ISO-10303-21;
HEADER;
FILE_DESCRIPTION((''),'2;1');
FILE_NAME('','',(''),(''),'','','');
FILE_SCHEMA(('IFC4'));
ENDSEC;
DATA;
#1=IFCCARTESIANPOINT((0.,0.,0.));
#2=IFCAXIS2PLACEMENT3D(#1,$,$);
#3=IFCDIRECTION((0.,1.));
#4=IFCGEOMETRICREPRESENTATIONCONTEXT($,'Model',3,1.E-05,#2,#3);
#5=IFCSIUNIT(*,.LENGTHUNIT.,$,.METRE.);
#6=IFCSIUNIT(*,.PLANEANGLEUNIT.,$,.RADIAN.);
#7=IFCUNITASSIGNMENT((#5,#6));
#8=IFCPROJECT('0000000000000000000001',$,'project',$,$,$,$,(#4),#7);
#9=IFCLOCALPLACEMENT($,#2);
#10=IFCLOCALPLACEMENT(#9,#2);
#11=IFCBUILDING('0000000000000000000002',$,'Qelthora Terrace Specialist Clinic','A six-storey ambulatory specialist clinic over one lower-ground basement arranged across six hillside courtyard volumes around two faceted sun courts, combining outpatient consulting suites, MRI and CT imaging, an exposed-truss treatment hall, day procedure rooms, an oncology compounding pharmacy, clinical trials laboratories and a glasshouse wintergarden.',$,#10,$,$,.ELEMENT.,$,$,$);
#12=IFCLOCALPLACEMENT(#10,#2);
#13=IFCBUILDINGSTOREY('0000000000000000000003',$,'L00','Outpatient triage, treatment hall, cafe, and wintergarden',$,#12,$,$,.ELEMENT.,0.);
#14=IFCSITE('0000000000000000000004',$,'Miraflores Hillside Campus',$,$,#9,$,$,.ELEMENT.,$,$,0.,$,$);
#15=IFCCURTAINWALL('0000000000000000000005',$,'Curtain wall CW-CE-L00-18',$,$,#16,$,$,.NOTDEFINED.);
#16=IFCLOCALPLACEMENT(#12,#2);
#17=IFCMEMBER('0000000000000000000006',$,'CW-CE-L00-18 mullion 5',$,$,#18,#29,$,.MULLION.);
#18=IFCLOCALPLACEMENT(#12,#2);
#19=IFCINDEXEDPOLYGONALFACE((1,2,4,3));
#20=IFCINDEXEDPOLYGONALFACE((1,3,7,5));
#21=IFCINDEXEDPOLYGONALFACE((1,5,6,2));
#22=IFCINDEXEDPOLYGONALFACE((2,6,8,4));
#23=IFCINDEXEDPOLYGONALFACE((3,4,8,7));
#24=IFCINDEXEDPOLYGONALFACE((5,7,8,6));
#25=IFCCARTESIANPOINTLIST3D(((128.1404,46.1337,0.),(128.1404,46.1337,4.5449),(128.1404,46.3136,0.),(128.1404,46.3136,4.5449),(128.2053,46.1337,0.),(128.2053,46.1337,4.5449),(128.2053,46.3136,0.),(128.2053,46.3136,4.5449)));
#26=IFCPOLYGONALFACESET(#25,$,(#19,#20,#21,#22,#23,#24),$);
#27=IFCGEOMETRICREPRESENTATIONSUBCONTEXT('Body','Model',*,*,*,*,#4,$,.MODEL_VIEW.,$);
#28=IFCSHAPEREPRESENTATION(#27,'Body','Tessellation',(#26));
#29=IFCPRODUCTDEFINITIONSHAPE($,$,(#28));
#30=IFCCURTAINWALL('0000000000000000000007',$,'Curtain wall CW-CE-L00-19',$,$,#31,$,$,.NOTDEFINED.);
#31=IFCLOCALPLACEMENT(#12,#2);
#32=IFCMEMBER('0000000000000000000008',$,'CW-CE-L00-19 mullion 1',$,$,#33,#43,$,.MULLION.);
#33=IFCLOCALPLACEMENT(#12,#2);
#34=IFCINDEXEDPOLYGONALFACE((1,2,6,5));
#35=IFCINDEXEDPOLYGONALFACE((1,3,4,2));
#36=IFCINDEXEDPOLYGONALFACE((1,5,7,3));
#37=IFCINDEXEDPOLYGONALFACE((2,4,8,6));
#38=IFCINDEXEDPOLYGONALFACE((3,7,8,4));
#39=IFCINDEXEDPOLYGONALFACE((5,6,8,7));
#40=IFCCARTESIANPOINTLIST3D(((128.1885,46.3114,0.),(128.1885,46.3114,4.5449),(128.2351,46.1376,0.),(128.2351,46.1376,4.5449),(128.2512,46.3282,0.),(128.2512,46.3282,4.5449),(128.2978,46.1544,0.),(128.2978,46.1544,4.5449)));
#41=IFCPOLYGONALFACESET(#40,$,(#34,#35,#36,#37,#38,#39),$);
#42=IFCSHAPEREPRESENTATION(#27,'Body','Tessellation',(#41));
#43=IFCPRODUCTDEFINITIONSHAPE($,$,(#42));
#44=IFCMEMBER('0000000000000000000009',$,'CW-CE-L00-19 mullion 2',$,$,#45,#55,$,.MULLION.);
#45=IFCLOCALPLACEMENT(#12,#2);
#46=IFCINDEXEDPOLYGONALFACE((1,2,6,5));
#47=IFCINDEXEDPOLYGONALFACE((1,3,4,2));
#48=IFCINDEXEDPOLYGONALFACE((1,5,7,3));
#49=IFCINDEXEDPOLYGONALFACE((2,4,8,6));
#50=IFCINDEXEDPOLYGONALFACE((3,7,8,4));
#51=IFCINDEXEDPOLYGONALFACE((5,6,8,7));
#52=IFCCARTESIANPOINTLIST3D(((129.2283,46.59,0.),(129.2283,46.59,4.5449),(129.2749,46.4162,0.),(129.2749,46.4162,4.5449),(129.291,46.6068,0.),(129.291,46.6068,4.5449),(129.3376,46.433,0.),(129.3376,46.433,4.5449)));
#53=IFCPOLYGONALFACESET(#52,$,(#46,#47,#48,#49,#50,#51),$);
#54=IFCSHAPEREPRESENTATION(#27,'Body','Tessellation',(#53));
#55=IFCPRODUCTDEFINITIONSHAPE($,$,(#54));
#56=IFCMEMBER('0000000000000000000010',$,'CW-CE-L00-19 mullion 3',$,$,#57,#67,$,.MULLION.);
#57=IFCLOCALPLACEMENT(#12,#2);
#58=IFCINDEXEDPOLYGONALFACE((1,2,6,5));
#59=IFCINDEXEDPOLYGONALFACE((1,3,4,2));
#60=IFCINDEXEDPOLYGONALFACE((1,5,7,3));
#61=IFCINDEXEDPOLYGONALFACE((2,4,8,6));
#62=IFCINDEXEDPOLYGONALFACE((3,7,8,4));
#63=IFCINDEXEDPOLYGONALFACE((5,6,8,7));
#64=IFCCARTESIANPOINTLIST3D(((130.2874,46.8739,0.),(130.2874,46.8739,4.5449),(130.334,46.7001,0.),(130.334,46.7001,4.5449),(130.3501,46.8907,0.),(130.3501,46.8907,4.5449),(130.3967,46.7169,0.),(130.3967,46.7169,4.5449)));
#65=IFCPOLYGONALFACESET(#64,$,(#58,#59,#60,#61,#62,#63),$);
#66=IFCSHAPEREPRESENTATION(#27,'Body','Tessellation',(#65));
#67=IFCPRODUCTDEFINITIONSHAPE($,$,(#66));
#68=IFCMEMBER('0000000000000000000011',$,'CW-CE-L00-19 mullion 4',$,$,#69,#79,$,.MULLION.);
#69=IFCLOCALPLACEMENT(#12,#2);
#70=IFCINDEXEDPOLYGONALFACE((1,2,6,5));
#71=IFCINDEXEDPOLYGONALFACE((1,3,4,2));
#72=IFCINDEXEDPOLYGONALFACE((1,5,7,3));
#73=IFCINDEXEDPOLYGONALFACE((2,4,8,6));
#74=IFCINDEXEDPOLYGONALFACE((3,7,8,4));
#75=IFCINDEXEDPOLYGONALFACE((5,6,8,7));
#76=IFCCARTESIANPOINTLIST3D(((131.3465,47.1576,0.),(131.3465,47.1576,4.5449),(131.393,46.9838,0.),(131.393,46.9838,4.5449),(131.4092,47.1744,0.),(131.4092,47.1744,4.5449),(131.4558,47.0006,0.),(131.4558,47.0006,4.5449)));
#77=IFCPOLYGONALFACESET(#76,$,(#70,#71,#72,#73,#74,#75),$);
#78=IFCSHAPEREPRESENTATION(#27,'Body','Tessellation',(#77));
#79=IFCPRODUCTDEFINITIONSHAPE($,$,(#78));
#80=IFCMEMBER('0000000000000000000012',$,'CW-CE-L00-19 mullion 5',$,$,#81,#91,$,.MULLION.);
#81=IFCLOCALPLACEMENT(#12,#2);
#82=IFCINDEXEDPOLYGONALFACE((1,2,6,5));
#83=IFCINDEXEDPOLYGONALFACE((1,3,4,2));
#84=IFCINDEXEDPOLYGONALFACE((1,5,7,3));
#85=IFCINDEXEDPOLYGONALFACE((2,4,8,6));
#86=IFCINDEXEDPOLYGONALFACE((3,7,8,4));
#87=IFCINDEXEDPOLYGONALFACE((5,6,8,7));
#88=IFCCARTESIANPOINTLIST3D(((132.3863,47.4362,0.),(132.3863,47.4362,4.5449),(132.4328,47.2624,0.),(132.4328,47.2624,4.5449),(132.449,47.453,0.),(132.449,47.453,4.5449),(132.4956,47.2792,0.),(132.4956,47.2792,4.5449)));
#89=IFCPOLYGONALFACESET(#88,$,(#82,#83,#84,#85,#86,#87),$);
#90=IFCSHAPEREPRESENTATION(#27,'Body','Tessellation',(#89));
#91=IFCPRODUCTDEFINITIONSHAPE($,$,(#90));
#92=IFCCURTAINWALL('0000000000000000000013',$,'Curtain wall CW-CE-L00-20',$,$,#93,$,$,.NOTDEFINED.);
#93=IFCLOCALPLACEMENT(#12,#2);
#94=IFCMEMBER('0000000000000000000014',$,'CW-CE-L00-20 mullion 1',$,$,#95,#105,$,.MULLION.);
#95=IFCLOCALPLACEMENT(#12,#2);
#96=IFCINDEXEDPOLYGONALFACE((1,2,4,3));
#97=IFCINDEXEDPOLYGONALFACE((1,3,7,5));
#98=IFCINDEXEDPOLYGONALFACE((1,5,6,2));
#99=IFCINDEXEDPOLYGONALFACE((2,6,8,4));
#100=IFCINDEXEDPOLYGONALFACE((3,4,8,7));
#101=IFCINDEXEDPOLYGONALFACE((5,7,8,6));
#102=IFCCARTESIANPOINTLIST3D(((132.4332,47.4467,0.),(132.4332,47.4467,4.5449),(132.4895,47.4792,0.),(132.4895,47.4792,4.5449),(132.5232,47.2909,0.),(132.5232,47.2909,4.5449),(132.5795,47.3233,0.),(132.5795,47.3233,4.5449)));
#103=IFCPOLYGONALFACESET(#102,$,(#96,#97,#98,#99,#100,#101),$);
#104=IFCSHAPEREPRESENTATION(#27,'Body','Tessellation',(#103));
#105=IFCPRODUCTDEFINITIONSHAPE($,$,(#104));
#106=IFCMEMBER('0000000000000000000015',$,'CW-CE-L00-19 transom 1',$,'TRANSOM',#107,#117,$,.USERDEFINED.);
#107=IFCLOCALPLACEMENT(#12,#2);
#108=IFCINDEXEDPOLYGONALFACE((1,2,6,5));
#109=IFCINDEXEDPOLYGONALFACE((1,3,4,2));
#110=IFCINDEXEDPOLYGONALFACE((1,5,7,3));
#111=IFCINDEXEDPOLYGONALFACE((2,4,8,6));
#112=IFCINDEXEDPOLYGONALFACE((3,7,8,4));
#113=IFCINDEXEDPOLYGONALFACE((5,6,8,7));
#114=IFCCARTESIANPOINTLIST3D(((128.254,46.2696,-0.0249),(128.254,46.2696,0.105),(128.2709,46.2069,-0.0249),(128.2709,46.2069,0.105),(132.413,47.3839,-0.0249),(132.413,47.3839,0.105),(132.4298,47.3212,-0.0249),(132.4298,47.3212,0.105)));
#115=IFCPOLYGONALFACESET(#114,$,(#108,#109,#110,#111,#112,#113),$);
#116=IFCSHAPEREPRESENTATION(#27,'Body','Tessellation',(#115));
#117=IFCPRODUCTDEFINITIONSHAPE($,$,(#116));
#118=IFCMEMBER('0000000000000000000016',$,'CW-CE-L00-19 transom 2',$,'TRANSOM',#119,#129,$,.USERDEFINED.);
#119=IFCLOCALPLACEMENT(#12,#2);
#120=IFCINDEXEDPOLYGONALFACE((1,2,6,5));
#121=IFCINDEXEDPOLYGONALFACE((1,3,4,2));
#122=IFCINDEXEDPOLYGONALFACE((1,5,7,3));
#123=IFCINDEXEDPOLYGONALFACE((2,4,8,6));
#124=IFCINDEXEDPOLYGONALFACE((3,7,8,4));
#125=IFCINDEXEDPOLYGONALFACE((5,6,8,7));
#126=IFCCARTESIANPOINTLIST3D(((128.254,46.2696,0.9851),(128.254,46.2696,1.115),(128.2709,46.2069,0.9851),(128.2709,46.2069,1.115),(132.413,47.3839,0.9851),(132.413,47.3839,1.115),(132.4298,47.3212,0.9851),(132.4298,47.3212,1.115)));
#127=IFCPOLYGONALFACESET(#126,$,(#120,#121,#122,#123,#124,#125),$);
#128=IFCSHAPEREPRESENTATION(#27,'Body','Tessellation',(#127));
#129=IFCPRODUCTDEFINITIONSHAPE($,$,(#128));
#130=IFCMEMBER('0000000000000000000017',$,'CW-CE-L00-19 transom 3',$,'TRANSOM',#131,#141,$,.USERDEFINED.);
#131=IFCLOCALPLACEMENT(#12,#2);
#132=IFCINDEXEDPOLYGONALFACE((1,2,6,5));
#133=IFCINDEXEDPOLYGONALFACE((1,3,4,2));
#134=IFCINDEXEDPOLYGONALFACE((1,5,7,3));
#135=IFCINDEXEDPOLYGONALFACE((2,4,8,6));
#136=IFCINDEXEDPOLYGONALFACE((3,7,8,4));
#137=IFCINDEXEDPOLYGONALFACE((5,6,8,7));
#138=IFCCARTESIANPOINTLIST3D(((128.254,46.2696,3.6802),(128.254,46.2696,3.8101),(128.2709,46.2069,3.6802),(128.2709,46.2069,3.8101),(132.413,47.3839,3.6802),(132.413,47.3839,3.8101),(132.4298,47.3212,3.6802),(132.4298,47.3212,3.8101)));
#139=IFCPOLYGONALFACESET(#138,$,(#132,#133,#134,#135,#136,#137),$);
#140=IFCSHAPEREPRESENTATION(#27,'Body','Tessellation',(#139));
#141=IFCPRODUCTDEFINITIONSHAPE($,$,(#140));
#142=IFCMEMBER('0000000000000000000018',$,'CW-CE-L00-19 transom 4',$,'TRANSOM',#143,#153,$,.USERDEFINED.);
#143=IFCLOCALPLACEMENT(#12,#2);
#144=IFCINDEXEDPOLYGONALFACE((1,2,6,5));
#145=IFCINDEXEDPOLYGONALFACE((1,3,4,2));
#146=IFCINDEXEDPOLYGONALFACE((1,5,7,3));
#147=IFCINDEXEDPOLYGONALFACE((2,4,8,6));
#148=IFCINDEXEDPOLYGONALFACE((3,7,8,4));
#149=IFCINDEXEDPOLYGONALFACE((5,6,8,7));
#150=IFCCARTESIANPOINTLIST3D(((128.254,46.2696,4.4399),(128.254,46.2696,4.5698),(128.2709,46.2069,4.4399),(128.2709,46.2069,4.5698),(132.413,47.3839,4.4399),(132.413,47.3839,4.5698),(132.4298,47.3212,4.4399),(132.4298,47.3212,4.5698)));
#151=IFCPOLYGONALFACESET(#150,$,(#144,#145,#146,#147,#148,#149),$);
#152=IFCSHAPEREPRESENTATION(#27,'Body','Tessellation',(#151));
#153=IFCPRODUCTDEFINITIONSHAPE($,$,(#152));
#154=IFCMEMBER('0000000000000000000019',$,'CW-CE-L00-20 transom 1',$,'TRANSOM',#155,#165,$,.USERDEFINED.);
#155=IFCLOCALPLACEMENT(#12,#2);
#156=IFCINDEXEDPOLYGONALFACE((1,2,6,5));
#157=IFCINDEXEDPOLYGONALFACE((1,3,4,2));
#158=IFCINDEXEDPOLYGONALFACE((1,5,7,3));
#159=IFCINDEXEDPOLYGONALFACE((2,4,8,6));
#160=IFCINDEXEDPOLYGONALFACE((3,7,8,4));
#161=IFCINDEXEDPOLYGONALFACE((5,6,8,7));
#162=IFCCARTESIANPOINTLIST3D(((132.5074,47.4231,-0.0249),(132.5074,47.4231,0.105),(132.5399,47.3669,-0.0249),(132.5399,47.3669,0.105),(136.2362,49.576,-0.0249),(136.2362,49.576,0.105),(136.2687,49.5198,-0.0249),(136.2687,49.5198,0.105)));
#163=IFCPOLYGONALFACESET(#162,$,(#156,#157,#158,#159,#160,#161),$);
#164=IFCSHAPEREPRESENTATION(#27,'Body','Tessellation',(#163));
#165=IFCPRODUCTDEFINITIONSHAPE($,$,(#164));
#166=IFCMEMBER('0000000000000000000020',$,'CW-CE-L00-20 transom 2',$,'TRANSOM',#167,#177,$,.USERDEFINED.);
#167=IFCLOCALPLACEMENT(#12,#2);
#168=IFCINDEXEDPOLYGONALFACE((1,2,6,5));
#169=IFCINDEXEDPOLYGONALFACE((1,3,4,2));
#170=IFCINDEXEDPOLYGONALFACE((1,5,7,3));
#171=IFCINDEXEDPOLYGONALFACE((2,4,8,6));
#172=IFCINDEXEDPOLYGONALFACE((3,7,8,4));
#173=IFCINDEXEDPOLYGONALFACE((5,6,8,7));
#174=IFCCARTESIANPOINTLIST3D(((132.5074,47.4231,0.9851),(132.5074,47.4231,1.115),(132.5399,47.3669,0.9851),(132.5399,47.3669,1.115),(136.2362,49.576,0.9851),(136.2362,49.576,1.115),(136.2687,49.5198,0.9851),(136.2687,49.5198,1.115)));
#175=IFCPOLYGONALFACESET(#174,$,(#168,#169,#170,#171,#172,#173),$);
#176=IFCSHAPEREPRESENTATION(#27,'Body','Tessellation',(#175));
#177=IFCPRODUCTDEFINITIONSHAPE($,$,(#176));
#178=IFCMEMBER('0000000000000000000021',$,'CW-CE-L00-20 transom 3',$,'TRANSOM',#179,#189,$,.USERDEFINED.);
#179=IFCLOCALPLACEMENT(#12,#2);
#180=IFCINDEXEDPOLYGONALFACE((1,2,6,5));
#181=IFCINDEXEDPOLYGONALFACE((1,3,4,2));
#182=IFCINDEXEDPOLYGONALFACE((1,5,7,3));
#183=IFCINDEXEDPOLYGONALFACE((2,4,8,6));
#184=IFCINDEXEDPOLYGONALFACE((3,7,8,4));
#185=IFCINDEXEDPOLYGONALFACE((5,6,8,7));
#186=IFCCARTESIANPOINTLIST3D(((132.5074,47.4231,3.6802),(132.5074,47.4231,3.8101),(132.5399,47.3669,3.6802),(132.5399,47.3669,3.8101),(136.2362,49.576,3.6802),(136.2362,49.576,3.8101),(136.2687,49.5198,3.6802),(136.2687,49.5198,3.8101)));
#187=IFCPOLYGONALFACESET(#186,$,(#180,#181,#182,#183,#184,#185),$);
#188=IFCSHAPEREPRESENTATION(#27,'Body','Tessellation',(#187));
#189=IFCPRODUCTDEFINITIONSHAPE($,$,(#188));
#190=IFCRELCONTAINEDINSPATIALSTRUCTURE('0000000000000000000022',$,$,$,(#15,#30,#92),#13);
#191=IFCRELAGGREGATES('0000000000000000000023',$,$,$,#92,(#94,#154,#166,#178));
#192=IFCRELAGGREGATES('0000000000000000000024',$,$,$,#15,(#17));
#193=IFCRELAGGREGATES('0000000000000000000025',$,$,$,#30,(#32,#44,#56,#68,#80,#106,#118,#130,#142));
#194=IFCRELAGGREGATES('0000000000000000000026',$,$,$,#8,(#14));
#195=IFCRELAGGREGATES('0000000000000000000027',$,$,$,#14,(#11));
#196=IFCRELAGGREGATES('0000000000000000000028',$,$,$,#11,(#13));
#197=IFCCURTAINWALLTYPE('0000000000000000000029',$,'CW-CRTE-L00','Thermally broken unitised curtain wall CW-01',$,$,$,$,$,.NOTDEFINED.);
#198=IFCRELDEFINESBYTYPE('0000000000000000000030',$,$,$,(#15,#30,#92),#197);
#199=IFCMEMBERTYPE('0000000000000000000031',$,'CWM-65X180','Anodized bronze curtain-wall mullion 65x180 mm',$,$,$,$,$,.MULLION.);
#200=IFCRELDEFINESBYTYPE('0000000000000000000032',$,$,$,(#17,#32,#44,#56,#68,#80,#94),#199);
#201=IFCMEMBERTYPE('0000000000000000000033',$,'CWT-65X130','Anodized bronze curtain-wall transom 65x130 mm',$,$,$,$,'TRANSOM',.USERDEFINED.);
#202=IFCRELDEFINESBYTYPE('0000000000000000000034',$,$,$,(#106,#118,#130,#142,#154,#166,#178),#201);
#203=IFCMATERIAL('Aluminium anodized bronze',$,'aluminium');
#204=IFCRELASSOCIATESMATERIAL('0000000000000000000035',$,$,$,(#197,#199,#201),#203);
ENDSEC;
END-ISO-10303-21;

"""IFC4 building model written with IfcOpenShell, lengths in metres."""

from ifc_helpers import new_model, si_unit, direction, frame, origin, origin_2d, place, context, subcontext, project, spatial, rectangle, extrude, material, material_profile, profile_set, type_object, element, aggregate, save


model = new_model("IFC4")

# Units and contexts
model_context = context("Model", 3, precision=1e-05, world=origin(), true_north=direction((0.0, 1.0)))
body_context = subcontext(model_context, "Body", "Model", "MODEL_VIEW")
ifc_project = project(units=[si_unit("LENGTHUNIT", "METRE"), si_unit("PLANEANGLEUNIT", "RADIAN")], contexts=[model_context])

# Site, building, storey
site_placement = place(None, origin())
site = spatial("IfcSite", under=ifc_project, at=site_placement, Name="Miraflores Hillside Campus", CompositionType="ELEMENT", RefElevation=0.0)
building_placement = place(site_placement, origin())
building = spatial("IfcBuilding", under=site, at=building_placement, Name="Qelthora Terrace Specialist Clinic", Description="A six-storey ambulatory specialist clinic over one lower-ground basement arranged across six hillside courtyard volumes around two faceted sun courts, combining outpatient consulting suites, MRI and CT imaging, an exposed-truss treatment hall, day procedure rooms, an oncology compounding pharmacy, clinical trials laboratories and a glasshouse wintergarden.", CompositionType="ELEMENT")
storey_placement = place(building_placement, origin())
storey = spatial("IfcBuildingStorey", under=building, at=storey_placement, Name="L00", Description="Outpatient triage, treatment hall, cafe, and wintergarden", CompositionType="ELEMENT", Elevation=0.0)

# Curtain wall, member
ifc_material_1 = material(Name="Aluminium anodized bronze", Category="aluminium")
curtain_wall_type = type_object("IfcCurtainWallType", Name="CW-CRTE-L00", Description="Thermally broken unitised curtain wall CW-01", PredefinedType="NOTDEFINED", material=ifc_material_1)
curtain_wall_1_placement = place(storey_placement, origin())
curtain_wall_1 = element("IfcCurtainWall", 1, at=curtain_wall_1_placement, inside=storey, type_object=curtain_wall_type, Name="Curtain wall CW-CE-L00-18", PredefinedType="NOTDEFINED")
ifc_material_profile_1 = material_profile(ifc_material_1, rectangle(XDim=0.0649, YDim=0.1799, at=origin_2d()), Name="CWM65X180")
ifc_profile_set_1 = profile_set([ifc_material_profile_1], Name="Aluminium anodized bronze")
member_type_1 = type_object("IfcMemberType", Name="CWM-65X180", Description="Anodized bronze curtain-wall mullion 65x180 mm", PredefinedType="MULLION", material=ifc_profile_set_1)
member_1_placement = place(storey_placement, frame((128.1729, 46.2236, 0.0), z_axis=(0.0, 0.0, 1.0), x_axis=(1.0, 0.0, 0.0)))
member_1 = element("IfcMember", 2, at=member_1_placement, type_object=member_type_1, Name="CW-CE-L00-18 mullion 5", PredefinedType="MULLION", context=body_context, shape_type="SweptSolid", body=[
    extrude(rectangle(XDim=0.0649, YDim=0.1799, at=origin_2d()), origin(), (0.0, 0.0, 1.0), 4.5449),
])

# Curtain wall, members
curtain_wall_2_placement = place(storey_placement, origin())
curtain_wall_2 = element("IfcCurtainWall", 3, at=curtain_wall_2_placement, inside=storey, type_object=curtain_wall_type, Name="Curtain wall CW-CE-L00-19", PredefinedType="NOTDEFINED")
member_2_placement = place(storey_placement, frame((128.2432, 46.2329, 0.0), z_axis=(0.0, 0.0, 1.0), x_axis=(0.965926, 0.25882, 0.0)))
member_2 = element("IfcMember", 4, at=member_2_placement, type_object=member_type_1, Name="CW-CE-L00-19 mullion 1", PredefinedType="MULLION", context=body_context, shape_type="SweptSolid", body=[
    extrude(rectangle(XDim=0.0649, YDim=0.1799, at=origin_2d()), origin(), (0.0, 0.0, 1.0), 4.5449),
])
member_3_placement = place(storey_placement, frame((129.283, 46.5115, 0.0), z_axis=(0.0, 0.0, 1.0), x_axis=(0.965926, 0.25882, 0.0)))
member_3 = element("IfcMember", 5, at=member_3_placement, type_object=member_type_1, Name="CW-CE-L00-19 mullion 2", PredefinedType="MULLION", context=body_context, shape_type="SweptSolid", body=[
    extrude(rectangle(XDim=0.0649, YDim=0.1799, at=origin_2d()), origin(), (0.0, 0.0, 1.0), 4.5449),
])
member_4_placement = place(storey_placement, frame((130.342, 46.7954, 0.0), z_axis=(0.0, 0.0, 1.0), x_axis=(0.965926, 0.25882, 0.0)))
member_4 = element("IfcMember", 6, at=member_4_placement, type_object=member_type_1, Name="CW-CE-L00-19 mullion 3", PredefinedType="MULLION", context=body_context, shape_type="SweptSolid", body=[
    extrude(rectangle(XDim=0.0649, YDim=0.1799, at=origin_2d()), origin(), (0.0, 0.0, 1.0), 4.5449),
])
member_5_placement = place(storey_placement, frame((131.4011, 47.0791, 0.0), z_axis=(0.0, 0.0, 1.0), x_axis=(0.965926, 0.25882, 0.0)))
member_5 = element("IfcMember", 7, at=member_5_placement, type_object=member_type_1, Name="CW-CE-L00-19 mullion 4", PredefinedType="MULLION", context=body_context, shape_type="SweptSolid", body=[
    extrude(rectangle(XDim=0.0649, YDim=0.1799, at=origin_2d()), origin(), (0.0, 0.0, 1.0), 4.5449),
])
member_6_placement = place(storey_placement, frame((132.4409, 47.3577, 0.0), z_axis=(0.0, 0.0, 1.0), x_axis=(0.965926, 0.25882, 0.0)))
member_6 = element("IfcMember", 8, at=member_6_placement, type_object=member_type_1, Name="CW-CE-L00-19 mullion 5", PredefinedType="MULLION", context=body_context, shape_type="SweptSolid", body=[
    extrude(rectangle(XDim=0.0649, YDim=0.1799, at=origin_2d()), origin(), (0.0, 0.0, 1.0), 4.5449),
])

# Curtain wall, member
curtain_wall_3_placement = place(storey_placement, origin())
curtain_wall_3 = element("IfcCurtainWall", 9, at=curtain_wall_3_placement, inside=storey, type_object=curtain_wall_type, Name="Curtain wall CW-CE-L00-20", PredefinedType="NOTDEFINED")
member_7_placement = place(storey_placement, frame((132.5063, 47.385, 0.0), z_axis=(0.0, 0.0, 1.0), x_axis=(0.866025, 0.5, 0.0)))
member_7 = element("IfcMember", 10, at=member_7_placement, type_object=member_type_1, Name="CW-CE-L00-20 mullion 1", PredefinedType="MULLION", context=body_context, shape_type="SweptSolid", body=[
    extrude(rectangle(XDim=0.0649, YDim=0.1799, at=origin_2d()), origin(), (0.0, 0.0, 1.0), 4.5449),
])

# Members
ifc_material_profile_2 = material_profile(ifc_material_1, rectangle(XDim=0.0649, YDim=0.1299, at=origin_2d()), Name="CWT65X130")
ifc_profile_set_2 = profile_set([ifc_material_profile_2], Name="Aluminium anodized bronze")
member_type_2 = type_object("IfcMemberType", Name="CWT-65X130", Description="Anodized bronze curtain-wall transom 65x130 mm", ElementType="TRANSOM", PredefinedType="USERDEFINED", material=ifc_profile_set_2)
member_8_placement = place(storey_placement, frame((128.2625, 46.2383, 0.04), z_axis=(0.965933, 0.258792, 0.0), x_axis=(-0.258792, 0.965933, 0.0)))
member_8 = element("IfcMember", 11, at=member_8_placement, type_object=member_type_2, Name="CW-CE-L00-19 transom 1", ObjectType="TRANSOM", PredefinedType="USERDEFINED", context=body_context, shape_type="SweptSolid", body=[
    extrude(rectangle(XDim=0.0649, YDim=0.1299, at=origin_2d()), origin(), (0.0, 0.0, 1.0), 4.3057),
])
member_9_placement = place(storey_placement, frame((128.2625, 46.2383, 1.05), z_axis=(0.965933, 0.258792, 0.0), x_axis=(-0.258792, 0.965933, 0.0)))
member_9 = element("IfcMember", 12, at=member_9_placement, type_object=member_type_2, Name="CW-CE-L00-19 transom 2", ObjectType="TRANSOM", PredefinedType="USERDEFINED", context=body_context, shape_type="SweptSolid", body=[
    extrude(rectangle(XDim=0.0649, YDim=0.1299, at=origin_2d()), origin(), (0.0, 0.0, 1.0), 4.3057),
])
member_10_placement = place(storey_placement, frame((128.2625, 46.2383, 3.7451), z_axis=(0.965933, 0.258792, 0.0), x_axis=(-0.258792, 0.965933, 0.0)))
member_10 = element("IfcMember", 13, at=member_10_placement, type_object=member_type_2, Name="CW-CE-L00-19 transom 3", ObjectType="TRANSOM", PredefinedType="USERDEFINED", context=body_context, shape_type="SweptSolid", body=[
    extrude(rectangle(XDim=0.0649, YDim=0.1299, at=origin_2d()), origin(), (0.0, 0.0, 1.0), 4.3057),
])
member_11_placement = place(storey_placement, frame((128.2625, 46.2383, 4.5049), z_axis=(0.965933, 0.258792, 0.0), x_axis=(-0.258792, 0.965933, 0.0)))
member_11 = element("IfcMember", 14, at=member_11_placement, type_object=member_type_2, Name="CW-CE-L00-19 transom 4", ObjectType="TRANSOM", PredefinedType="USERDEFINED", context=body_context, shape_type="SweptSolid", body=[
    extrude(rectangle(XDim=0.0649, YDim=0.1299, at=origin_2d()), origin(), (0.0, 0.0, 1.0), 4.3057),
])
member_12_placement = place(storey_placement, frame((132.5237, 47.395, 0.04), z_axis=(0.866022, 0.500006, 0.0), x_axis=(-0.500006, 0.866022, 0.0)))
member_12 = element("IfcMember", 15, at=member_12_placement, type_object=member_type_2, Name="CW-CE-L00-20 transom 1", ObjectType="TRANSOM", PredefinedType="USERDEFINED", context=body_context, shape_type="SweptSolid", body=[
    extrude(rectangle(XDim=0.0649, YDim=0.1299, at=origin_2d()), origin(), (0.0, 0.0, 1.0), 4.3057),
])
member_13_placement = place(storey_placement, frame((132.5237, 47.395, 1.05), z_axis=(0.866022, 0.500006, 0.0), x_axis=(-0.500006, 0.866022, 0.0)))
member_13 = element("IfcMember", 16, at=member_13_placement, type_object=member_type_2, Name="CW-CE-L00-20 transom 2", ObjectType="TRANSOM", PredefinedType="USERDEFINED", context=body_context, shape_type="SweptSolid", body=[
    extrude(rectangle(XDim=0.0649, YDim=0.1299, at=origin_2d()), origin(), (0.0, 0.0, 1.0), 4.3057),
])
member_14_placement = place(storey_placement, frame((132.5237, 47.395, 3.7451), z_axis=(0.866022, 0.500006, 0.0), x_axis=(-0.500006, 0.866022, 0.0)))
member_14 = element("IfcMember", 17, at=member_14_placement, type_object=member_type_2, Name="CW-CE-L00-20 transom 3", ObjectType="TRANSOM", PredefinedType="USERDEFINED", context=body_context, shape_type="SweptSolid", body=[
    extrude(rectangle(XDim=0.0649, YDim=0.1299, at=origin_2d()), origin(), (0.0, 0.0, 1.0), 4.3057),
])
aggregate(curtain_wall_3, [member_7, member_12, member_13, member_14])

aggregate(curtain_wall_1, [member_1])
aggregate(curtain_wall_2, [member_2, member_3, member_4, member_5, member_6, member_8, member_9, member_10, member_11])

save(model, "model.ifc")
